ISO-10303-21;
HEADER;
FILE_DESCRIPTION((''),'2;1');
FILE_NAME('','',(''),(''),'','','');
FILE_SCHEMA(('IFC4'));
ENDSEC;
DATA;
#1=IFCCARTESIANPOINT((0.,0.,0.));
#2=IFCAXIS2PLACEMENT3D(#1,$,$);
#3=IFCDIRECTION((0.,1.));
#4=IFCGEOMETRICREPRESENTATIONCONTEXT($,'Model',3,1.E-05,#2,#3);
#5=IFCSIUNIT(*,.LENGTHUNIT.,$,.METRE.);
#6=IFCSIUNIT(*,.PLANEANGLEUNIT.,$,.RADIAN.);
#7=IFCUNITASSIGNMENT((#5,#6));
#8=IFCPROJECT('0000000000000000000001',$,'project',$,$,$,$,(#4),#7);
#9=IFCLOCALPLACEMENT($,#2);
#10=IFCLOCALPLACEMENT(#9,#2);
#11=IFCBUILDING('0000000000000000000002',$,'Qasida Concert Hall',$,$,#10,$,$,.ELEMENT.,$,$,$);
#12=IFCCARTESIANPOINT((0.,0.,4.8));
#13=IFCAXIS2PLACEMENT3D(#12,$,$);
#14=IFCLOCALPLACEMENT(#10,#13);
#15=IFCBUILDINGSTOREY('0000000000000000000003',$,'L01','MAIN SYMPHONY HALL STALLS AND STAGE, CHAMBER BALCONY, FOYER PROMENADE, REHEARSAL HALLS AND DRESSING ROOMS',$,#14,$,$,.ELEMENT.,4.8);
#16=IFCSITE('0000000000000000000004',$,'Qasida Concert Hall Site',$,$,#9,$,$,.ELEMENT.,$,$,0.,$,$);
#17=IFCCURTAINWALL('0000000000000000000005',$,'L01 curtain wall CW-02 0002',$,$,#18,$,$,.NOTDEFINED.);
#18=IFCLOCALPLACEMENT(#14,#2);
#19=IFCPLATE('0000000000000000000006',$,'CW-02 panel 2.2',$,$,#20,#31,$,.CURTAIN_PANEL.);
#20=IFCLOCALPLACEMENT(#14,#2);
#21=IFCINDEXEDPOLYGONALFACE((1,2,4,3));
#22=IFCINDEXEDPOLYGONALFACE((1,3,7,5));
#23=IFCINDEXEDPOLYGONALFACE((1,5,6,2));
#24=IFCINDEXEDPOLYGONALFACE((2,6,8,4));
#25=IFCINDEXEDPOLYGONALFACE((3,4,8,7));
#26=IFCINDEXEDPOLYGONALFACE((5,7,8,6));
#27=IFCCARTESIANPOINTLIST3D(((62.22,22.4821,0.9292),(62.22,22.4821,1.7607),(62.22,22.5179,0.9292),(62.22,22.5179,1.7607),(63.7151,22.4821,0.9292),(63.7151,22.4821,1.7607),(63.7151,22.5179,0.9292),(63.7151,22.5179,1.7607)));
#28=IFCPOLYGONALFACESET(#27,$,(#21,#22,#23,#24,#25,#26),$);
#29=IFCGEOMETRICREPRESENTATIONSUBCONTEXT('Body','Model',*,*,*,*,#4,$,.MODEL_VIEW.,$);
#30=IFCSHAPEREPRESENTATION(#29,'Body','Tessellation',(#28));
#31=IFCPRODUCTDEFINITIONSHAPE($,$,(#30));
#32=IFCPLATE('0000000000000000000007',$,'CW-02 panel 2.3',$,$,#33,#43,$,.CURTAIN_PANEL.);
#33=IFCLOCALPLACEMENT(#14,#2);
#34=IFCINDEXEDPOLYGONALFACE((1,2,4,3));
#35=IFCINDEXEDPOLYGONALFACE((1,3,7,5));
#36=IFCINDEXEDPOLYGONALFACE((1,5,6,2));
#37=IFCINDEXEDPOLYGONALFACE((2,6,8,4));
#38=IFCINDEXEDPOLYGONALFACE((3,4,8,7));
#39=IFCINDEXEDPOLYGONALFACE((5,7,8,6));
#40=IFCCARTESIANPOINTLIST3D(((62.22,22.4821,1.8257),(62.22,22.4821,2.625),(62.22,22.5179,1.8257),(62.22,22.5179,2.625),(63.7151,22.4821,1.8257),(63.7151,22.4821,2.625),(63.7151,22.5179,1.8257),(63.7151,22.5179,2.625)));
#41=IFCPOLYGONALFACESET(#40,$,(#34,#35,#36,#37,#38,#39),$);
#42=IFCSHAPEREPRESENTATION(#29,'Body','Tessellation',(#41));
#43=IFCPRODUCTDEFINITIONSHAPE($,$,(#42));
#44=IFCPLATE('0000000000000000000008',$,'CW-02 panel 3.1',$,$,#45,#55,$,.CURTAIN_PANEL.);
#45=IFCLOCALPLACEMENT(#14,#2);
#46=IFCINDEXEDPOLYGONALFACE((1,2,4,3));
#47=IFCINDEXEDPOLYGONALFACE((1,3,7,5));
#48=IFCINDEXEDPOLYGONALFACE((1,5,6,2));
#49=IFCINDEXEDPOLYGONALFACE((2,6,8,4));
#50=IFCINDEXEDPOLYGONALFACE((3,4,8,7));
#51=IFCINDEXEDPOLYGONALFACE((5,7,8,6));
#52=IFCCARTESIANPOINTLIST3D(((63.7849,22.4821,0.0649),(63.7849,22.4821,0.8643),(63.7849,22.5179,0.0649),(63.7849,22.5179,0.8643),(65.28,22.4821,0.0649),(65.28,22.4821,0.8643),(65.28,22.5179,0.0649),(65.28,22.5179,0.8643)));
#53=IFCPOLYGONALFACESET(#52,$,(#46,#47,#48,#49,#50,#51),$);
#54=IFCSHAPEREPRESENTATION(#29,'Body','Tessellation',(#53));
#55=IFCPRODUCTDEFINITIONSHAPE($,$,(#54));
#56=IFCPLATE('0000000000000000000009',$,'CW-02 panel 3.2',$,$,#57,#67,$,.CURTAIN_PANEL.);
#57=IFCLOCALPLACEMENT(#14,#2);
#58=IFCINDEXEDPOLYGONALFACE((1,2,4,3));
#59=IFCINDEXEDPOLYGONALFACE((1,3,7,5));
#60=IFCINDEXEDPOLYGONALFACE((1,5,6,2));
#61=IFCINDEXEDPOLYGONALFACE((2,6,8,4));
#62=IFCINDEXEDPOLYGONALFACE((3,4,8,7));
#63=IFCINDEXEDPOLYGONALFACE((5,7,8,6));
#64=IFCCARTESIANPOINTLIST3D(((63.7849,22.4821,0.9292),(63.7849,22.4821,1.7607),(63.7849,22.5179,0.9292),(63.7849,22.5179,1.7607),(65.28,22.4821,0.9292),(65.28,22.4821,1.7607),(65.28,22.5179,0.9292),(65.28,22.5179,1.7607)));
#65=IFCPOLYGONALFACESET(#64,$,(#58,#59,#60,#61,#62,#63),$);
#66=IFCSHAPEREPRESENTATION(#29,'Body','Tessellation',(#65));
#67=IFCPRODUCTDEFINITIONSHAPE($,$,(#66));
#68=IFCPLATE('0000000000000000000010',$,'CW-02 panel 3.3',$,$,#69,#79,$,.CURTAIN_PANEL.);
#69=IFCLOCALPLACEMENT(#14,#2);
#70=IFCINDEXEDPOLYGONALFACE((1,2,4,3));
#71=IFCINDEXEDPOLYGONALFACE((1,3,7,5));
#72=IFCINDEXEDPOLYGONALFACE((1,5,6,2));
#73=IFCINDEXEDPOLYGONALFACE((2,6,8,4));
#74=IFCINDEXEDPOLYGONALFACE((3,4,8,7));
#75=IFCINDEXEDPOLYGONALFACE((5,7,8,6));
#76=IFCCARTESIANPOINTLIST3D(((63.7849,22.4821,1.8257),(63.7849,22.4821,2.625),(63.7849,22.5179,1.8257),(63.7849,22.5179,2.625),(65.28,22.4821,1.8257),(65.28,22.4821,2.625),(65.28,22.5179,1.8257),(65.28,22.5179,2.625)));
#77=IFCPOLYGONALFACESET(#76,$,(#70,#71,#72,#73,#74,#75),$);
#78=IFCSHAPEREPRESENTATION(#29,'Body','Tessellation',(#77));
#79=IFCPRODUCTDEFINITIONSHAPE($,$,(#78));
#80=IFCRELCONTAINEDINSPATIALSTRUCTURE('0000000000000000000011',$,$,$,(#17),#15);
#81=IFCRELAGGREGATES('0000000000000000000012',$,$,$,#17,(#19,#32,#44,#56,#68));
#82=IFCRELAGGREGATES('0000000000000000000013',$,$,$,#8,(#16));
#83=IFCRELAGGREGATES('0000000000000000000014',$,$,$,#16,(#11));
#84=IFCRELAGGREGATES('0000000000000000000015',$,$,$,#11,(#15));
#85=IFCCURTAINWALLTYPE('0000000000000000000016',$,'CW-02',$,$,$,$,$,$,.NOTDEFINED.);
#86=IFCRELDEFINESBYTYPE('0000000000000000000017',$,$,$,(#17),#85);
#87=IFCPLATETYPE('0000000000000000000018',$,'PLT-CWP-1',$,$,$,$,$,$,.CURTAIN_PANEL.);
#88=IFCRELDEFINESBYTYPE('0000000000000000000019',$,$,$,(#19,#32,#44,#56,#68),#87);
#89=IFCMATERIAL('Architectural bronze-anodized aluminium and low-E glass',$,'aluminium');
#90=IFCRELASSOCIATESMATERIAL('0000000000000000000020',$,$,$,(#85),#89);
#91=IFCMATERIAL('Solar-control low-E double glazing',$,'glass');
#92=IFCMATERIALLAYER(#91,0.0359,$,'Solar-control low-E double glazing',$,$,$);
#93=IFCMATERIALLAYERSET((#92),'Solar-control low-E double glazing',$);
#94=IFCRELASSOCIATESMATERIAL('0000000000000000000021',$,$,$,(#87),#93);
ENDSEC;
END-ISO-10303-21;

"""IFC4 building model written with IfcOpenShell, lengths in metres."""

from ifc_helpers import new_model, si_unit, direction, frame, origin, origin_2d, place, context, subcontext, project, spatial, rectangle, extrude, material, layer, layer_set, type_object, element, aggregate, save


model = new_model("IFC4")

# Units and contexts
model_context = context("Model", 3, precision=1e-05, world=origin(), true_north=direction((0.0, 1.0)))
body_context = subcontext(model_context, "Body", "Model", "MODEL_VIEW")
ifc_project = project(units=[si_unit("LENGTHUNIT", "METRE"), si_unit("PLANEANGLEUNIT", "RADIAN")], contexts=[model_context])

# Site, building, storey
site_placement = place(None, origin())
site = spatial("IfcSite", under=ifc_project, at=site_placement, Name="Qasida Concert Hall Site", CompositionType="ELEMENT", RefElevation=0.0)
building_placement = place(site_placement, origin())
building = spatial("IfcBuilding", under=site, at=building_placement, Name="Qasida Concert Hall", CompositionType="ELEMENT")
storey_placement = place(building_placement, frame((0.0, 0.0, 4.8)))
storey = spatial("IfcBuildingStorey", under=building, at=storey_placement, Name="L01", Description="MAIN SYMPHONY HALL STALLS AND STAGE, CHAMBER BALCONY, FOYER PROMENADE, REHEARSAL HALLS AND DRESSING ROOMS", CompositionType="ELEMENT", Elevation=4.8)

# Curtain wall, plates
ifc_material_1 = material(Name="Architectural bronze-anodized aluminium and low-E glass", Category="aluminium")
curtain_wall_type = type_object("IfcCurtainWallType", Name="CW-02", PredefinedType="NOTDEFINED", material=ifc_material_1)
curtain_wall_placement = place(storey_placement, origin())
curtain_wall = element("IfcCurtainWall", 1, at=curtain_wall_placement, inside=storey, type_object=curtain_wall_type, Name="L01 curtain wall CW-02 0002", PredefinedType="NOTDEFINED")
ifc_material_2 = material(Name="Solar-control low-E double glazing", Category="glass")
ifc_layer = layer(ifc_material_2, 0.0359, Name="Solar-control low-E double glazing")
ifc_layer_set = layer_set([ifc_layer], Name="Solar-control low-E double glazing")
plate_type = type_object("IfcPlateType", Name="PLT-CWP-1", PredefinedType="CURTAIN_PANEL", material=ifc_layer_set)
plate_1_placement = place(storey_placement, frame((62.9675, 22.5, 0.9292), z_axis=(0.0, 0.0, 1.0), x_axis=(1.0, 0.0, 0.0)))
plate_1 = element("IfcPlate", 2, at=plate_1_placement, type_object=plate_type, Name="CW-02 panel 2.2", PredefinedType="CURTAIN_PANEL", context=body_context, shape_type="SweptSolid", body=[
    extrude(rectangle(XDim=1.4951, YDim=0.0359, at=origin_2d()), origin(), (0.0, 0.0, 1.0), 0.8315),
])
plate_2_placement = place(storey_placement, frame((62.9675, 22.5, 1.8257), z_axis=(0.0, 0.0, 1.0), x_axis=(1.0, 0.0, 0.0)))
plate_2 = element("IfcPlate", 3, at=plate_2_placement, type_object=plate_type, Name="CW-02 panel 2.3", PredefinedType="CURTAIN_PANEL", context=body_context, shape_type="SweptSolid", body=[
    extrude(rectangle(XDim=1.4951, YDim=0.0359, at=origin_2d()), origin(), (0.0, 0.0, 1.0), 0.7993),
])
plate_3_placement = place(storey_placement, frame((64.5325, 22.5, 0.0649), z_axis=(0.0, 0.0, 1.0), x_axis=(1.0, 0.0, 0.0)))
plate_3 = element("IfcPlate", 4, at=plate_3_placement, type_object=plate_type, Name="CW-02 panel 3.1", PredefinedType="CURTAIN_PANEL", context=body_context, shape_type="SweptSolid", body=[
    extrude(rectangle(XDim=1.4951, YDim=0.0359, at=origin_2d()), origin(), (0.0, 0.0, 1.0), 0.7993),
])
plate_4_placement = place(storey_placement, frame((64.5325, 22.5, 0.9292), z_axis=(0.0, 0.0, 1.0), x_axis=(1.0, 0.0, 0.0)))
plate_4 = element("IfcPlate", 5, at=plate_4_placement, type_object=plate_type, Name="CW-02 panel 3.2", PredefinedType="CURTAIN_PANEL", context=body_context, shape_type="SweptSolid", body=[
    extrude(rectangle(XDim=1.4951, YDim=0.0359, at=origin_2d()), origin(), (0.0, 0.0, 1.0), 0.8315),
])
plate_5_placement = place(storey_placement, frame((64.5325, 22.5, 1.8257), z_axis=(0.0, 0.0, 1.0), x_axis=(1.0, 0.0, 0.0)))
plate_5 = element("IfcPlate", 6, at=plate_5_placement, type_object=plate_type, Name="CW-02 panel 3.3", PredefinedType="CURTAIN_PANEL", context=body_context, shape_type="SweptSolid", body=[
    extrude(rectangle(XDim=1.4951, YDim=0.0359, at=origin_2d()), origin(), (0.0, 0.0, 1.0), 0.7993),
])
aggregate(curtain_wall, [plate_1, plate_2, plate_3, plate_4, plate_5])

save(model, "model.ifc")
